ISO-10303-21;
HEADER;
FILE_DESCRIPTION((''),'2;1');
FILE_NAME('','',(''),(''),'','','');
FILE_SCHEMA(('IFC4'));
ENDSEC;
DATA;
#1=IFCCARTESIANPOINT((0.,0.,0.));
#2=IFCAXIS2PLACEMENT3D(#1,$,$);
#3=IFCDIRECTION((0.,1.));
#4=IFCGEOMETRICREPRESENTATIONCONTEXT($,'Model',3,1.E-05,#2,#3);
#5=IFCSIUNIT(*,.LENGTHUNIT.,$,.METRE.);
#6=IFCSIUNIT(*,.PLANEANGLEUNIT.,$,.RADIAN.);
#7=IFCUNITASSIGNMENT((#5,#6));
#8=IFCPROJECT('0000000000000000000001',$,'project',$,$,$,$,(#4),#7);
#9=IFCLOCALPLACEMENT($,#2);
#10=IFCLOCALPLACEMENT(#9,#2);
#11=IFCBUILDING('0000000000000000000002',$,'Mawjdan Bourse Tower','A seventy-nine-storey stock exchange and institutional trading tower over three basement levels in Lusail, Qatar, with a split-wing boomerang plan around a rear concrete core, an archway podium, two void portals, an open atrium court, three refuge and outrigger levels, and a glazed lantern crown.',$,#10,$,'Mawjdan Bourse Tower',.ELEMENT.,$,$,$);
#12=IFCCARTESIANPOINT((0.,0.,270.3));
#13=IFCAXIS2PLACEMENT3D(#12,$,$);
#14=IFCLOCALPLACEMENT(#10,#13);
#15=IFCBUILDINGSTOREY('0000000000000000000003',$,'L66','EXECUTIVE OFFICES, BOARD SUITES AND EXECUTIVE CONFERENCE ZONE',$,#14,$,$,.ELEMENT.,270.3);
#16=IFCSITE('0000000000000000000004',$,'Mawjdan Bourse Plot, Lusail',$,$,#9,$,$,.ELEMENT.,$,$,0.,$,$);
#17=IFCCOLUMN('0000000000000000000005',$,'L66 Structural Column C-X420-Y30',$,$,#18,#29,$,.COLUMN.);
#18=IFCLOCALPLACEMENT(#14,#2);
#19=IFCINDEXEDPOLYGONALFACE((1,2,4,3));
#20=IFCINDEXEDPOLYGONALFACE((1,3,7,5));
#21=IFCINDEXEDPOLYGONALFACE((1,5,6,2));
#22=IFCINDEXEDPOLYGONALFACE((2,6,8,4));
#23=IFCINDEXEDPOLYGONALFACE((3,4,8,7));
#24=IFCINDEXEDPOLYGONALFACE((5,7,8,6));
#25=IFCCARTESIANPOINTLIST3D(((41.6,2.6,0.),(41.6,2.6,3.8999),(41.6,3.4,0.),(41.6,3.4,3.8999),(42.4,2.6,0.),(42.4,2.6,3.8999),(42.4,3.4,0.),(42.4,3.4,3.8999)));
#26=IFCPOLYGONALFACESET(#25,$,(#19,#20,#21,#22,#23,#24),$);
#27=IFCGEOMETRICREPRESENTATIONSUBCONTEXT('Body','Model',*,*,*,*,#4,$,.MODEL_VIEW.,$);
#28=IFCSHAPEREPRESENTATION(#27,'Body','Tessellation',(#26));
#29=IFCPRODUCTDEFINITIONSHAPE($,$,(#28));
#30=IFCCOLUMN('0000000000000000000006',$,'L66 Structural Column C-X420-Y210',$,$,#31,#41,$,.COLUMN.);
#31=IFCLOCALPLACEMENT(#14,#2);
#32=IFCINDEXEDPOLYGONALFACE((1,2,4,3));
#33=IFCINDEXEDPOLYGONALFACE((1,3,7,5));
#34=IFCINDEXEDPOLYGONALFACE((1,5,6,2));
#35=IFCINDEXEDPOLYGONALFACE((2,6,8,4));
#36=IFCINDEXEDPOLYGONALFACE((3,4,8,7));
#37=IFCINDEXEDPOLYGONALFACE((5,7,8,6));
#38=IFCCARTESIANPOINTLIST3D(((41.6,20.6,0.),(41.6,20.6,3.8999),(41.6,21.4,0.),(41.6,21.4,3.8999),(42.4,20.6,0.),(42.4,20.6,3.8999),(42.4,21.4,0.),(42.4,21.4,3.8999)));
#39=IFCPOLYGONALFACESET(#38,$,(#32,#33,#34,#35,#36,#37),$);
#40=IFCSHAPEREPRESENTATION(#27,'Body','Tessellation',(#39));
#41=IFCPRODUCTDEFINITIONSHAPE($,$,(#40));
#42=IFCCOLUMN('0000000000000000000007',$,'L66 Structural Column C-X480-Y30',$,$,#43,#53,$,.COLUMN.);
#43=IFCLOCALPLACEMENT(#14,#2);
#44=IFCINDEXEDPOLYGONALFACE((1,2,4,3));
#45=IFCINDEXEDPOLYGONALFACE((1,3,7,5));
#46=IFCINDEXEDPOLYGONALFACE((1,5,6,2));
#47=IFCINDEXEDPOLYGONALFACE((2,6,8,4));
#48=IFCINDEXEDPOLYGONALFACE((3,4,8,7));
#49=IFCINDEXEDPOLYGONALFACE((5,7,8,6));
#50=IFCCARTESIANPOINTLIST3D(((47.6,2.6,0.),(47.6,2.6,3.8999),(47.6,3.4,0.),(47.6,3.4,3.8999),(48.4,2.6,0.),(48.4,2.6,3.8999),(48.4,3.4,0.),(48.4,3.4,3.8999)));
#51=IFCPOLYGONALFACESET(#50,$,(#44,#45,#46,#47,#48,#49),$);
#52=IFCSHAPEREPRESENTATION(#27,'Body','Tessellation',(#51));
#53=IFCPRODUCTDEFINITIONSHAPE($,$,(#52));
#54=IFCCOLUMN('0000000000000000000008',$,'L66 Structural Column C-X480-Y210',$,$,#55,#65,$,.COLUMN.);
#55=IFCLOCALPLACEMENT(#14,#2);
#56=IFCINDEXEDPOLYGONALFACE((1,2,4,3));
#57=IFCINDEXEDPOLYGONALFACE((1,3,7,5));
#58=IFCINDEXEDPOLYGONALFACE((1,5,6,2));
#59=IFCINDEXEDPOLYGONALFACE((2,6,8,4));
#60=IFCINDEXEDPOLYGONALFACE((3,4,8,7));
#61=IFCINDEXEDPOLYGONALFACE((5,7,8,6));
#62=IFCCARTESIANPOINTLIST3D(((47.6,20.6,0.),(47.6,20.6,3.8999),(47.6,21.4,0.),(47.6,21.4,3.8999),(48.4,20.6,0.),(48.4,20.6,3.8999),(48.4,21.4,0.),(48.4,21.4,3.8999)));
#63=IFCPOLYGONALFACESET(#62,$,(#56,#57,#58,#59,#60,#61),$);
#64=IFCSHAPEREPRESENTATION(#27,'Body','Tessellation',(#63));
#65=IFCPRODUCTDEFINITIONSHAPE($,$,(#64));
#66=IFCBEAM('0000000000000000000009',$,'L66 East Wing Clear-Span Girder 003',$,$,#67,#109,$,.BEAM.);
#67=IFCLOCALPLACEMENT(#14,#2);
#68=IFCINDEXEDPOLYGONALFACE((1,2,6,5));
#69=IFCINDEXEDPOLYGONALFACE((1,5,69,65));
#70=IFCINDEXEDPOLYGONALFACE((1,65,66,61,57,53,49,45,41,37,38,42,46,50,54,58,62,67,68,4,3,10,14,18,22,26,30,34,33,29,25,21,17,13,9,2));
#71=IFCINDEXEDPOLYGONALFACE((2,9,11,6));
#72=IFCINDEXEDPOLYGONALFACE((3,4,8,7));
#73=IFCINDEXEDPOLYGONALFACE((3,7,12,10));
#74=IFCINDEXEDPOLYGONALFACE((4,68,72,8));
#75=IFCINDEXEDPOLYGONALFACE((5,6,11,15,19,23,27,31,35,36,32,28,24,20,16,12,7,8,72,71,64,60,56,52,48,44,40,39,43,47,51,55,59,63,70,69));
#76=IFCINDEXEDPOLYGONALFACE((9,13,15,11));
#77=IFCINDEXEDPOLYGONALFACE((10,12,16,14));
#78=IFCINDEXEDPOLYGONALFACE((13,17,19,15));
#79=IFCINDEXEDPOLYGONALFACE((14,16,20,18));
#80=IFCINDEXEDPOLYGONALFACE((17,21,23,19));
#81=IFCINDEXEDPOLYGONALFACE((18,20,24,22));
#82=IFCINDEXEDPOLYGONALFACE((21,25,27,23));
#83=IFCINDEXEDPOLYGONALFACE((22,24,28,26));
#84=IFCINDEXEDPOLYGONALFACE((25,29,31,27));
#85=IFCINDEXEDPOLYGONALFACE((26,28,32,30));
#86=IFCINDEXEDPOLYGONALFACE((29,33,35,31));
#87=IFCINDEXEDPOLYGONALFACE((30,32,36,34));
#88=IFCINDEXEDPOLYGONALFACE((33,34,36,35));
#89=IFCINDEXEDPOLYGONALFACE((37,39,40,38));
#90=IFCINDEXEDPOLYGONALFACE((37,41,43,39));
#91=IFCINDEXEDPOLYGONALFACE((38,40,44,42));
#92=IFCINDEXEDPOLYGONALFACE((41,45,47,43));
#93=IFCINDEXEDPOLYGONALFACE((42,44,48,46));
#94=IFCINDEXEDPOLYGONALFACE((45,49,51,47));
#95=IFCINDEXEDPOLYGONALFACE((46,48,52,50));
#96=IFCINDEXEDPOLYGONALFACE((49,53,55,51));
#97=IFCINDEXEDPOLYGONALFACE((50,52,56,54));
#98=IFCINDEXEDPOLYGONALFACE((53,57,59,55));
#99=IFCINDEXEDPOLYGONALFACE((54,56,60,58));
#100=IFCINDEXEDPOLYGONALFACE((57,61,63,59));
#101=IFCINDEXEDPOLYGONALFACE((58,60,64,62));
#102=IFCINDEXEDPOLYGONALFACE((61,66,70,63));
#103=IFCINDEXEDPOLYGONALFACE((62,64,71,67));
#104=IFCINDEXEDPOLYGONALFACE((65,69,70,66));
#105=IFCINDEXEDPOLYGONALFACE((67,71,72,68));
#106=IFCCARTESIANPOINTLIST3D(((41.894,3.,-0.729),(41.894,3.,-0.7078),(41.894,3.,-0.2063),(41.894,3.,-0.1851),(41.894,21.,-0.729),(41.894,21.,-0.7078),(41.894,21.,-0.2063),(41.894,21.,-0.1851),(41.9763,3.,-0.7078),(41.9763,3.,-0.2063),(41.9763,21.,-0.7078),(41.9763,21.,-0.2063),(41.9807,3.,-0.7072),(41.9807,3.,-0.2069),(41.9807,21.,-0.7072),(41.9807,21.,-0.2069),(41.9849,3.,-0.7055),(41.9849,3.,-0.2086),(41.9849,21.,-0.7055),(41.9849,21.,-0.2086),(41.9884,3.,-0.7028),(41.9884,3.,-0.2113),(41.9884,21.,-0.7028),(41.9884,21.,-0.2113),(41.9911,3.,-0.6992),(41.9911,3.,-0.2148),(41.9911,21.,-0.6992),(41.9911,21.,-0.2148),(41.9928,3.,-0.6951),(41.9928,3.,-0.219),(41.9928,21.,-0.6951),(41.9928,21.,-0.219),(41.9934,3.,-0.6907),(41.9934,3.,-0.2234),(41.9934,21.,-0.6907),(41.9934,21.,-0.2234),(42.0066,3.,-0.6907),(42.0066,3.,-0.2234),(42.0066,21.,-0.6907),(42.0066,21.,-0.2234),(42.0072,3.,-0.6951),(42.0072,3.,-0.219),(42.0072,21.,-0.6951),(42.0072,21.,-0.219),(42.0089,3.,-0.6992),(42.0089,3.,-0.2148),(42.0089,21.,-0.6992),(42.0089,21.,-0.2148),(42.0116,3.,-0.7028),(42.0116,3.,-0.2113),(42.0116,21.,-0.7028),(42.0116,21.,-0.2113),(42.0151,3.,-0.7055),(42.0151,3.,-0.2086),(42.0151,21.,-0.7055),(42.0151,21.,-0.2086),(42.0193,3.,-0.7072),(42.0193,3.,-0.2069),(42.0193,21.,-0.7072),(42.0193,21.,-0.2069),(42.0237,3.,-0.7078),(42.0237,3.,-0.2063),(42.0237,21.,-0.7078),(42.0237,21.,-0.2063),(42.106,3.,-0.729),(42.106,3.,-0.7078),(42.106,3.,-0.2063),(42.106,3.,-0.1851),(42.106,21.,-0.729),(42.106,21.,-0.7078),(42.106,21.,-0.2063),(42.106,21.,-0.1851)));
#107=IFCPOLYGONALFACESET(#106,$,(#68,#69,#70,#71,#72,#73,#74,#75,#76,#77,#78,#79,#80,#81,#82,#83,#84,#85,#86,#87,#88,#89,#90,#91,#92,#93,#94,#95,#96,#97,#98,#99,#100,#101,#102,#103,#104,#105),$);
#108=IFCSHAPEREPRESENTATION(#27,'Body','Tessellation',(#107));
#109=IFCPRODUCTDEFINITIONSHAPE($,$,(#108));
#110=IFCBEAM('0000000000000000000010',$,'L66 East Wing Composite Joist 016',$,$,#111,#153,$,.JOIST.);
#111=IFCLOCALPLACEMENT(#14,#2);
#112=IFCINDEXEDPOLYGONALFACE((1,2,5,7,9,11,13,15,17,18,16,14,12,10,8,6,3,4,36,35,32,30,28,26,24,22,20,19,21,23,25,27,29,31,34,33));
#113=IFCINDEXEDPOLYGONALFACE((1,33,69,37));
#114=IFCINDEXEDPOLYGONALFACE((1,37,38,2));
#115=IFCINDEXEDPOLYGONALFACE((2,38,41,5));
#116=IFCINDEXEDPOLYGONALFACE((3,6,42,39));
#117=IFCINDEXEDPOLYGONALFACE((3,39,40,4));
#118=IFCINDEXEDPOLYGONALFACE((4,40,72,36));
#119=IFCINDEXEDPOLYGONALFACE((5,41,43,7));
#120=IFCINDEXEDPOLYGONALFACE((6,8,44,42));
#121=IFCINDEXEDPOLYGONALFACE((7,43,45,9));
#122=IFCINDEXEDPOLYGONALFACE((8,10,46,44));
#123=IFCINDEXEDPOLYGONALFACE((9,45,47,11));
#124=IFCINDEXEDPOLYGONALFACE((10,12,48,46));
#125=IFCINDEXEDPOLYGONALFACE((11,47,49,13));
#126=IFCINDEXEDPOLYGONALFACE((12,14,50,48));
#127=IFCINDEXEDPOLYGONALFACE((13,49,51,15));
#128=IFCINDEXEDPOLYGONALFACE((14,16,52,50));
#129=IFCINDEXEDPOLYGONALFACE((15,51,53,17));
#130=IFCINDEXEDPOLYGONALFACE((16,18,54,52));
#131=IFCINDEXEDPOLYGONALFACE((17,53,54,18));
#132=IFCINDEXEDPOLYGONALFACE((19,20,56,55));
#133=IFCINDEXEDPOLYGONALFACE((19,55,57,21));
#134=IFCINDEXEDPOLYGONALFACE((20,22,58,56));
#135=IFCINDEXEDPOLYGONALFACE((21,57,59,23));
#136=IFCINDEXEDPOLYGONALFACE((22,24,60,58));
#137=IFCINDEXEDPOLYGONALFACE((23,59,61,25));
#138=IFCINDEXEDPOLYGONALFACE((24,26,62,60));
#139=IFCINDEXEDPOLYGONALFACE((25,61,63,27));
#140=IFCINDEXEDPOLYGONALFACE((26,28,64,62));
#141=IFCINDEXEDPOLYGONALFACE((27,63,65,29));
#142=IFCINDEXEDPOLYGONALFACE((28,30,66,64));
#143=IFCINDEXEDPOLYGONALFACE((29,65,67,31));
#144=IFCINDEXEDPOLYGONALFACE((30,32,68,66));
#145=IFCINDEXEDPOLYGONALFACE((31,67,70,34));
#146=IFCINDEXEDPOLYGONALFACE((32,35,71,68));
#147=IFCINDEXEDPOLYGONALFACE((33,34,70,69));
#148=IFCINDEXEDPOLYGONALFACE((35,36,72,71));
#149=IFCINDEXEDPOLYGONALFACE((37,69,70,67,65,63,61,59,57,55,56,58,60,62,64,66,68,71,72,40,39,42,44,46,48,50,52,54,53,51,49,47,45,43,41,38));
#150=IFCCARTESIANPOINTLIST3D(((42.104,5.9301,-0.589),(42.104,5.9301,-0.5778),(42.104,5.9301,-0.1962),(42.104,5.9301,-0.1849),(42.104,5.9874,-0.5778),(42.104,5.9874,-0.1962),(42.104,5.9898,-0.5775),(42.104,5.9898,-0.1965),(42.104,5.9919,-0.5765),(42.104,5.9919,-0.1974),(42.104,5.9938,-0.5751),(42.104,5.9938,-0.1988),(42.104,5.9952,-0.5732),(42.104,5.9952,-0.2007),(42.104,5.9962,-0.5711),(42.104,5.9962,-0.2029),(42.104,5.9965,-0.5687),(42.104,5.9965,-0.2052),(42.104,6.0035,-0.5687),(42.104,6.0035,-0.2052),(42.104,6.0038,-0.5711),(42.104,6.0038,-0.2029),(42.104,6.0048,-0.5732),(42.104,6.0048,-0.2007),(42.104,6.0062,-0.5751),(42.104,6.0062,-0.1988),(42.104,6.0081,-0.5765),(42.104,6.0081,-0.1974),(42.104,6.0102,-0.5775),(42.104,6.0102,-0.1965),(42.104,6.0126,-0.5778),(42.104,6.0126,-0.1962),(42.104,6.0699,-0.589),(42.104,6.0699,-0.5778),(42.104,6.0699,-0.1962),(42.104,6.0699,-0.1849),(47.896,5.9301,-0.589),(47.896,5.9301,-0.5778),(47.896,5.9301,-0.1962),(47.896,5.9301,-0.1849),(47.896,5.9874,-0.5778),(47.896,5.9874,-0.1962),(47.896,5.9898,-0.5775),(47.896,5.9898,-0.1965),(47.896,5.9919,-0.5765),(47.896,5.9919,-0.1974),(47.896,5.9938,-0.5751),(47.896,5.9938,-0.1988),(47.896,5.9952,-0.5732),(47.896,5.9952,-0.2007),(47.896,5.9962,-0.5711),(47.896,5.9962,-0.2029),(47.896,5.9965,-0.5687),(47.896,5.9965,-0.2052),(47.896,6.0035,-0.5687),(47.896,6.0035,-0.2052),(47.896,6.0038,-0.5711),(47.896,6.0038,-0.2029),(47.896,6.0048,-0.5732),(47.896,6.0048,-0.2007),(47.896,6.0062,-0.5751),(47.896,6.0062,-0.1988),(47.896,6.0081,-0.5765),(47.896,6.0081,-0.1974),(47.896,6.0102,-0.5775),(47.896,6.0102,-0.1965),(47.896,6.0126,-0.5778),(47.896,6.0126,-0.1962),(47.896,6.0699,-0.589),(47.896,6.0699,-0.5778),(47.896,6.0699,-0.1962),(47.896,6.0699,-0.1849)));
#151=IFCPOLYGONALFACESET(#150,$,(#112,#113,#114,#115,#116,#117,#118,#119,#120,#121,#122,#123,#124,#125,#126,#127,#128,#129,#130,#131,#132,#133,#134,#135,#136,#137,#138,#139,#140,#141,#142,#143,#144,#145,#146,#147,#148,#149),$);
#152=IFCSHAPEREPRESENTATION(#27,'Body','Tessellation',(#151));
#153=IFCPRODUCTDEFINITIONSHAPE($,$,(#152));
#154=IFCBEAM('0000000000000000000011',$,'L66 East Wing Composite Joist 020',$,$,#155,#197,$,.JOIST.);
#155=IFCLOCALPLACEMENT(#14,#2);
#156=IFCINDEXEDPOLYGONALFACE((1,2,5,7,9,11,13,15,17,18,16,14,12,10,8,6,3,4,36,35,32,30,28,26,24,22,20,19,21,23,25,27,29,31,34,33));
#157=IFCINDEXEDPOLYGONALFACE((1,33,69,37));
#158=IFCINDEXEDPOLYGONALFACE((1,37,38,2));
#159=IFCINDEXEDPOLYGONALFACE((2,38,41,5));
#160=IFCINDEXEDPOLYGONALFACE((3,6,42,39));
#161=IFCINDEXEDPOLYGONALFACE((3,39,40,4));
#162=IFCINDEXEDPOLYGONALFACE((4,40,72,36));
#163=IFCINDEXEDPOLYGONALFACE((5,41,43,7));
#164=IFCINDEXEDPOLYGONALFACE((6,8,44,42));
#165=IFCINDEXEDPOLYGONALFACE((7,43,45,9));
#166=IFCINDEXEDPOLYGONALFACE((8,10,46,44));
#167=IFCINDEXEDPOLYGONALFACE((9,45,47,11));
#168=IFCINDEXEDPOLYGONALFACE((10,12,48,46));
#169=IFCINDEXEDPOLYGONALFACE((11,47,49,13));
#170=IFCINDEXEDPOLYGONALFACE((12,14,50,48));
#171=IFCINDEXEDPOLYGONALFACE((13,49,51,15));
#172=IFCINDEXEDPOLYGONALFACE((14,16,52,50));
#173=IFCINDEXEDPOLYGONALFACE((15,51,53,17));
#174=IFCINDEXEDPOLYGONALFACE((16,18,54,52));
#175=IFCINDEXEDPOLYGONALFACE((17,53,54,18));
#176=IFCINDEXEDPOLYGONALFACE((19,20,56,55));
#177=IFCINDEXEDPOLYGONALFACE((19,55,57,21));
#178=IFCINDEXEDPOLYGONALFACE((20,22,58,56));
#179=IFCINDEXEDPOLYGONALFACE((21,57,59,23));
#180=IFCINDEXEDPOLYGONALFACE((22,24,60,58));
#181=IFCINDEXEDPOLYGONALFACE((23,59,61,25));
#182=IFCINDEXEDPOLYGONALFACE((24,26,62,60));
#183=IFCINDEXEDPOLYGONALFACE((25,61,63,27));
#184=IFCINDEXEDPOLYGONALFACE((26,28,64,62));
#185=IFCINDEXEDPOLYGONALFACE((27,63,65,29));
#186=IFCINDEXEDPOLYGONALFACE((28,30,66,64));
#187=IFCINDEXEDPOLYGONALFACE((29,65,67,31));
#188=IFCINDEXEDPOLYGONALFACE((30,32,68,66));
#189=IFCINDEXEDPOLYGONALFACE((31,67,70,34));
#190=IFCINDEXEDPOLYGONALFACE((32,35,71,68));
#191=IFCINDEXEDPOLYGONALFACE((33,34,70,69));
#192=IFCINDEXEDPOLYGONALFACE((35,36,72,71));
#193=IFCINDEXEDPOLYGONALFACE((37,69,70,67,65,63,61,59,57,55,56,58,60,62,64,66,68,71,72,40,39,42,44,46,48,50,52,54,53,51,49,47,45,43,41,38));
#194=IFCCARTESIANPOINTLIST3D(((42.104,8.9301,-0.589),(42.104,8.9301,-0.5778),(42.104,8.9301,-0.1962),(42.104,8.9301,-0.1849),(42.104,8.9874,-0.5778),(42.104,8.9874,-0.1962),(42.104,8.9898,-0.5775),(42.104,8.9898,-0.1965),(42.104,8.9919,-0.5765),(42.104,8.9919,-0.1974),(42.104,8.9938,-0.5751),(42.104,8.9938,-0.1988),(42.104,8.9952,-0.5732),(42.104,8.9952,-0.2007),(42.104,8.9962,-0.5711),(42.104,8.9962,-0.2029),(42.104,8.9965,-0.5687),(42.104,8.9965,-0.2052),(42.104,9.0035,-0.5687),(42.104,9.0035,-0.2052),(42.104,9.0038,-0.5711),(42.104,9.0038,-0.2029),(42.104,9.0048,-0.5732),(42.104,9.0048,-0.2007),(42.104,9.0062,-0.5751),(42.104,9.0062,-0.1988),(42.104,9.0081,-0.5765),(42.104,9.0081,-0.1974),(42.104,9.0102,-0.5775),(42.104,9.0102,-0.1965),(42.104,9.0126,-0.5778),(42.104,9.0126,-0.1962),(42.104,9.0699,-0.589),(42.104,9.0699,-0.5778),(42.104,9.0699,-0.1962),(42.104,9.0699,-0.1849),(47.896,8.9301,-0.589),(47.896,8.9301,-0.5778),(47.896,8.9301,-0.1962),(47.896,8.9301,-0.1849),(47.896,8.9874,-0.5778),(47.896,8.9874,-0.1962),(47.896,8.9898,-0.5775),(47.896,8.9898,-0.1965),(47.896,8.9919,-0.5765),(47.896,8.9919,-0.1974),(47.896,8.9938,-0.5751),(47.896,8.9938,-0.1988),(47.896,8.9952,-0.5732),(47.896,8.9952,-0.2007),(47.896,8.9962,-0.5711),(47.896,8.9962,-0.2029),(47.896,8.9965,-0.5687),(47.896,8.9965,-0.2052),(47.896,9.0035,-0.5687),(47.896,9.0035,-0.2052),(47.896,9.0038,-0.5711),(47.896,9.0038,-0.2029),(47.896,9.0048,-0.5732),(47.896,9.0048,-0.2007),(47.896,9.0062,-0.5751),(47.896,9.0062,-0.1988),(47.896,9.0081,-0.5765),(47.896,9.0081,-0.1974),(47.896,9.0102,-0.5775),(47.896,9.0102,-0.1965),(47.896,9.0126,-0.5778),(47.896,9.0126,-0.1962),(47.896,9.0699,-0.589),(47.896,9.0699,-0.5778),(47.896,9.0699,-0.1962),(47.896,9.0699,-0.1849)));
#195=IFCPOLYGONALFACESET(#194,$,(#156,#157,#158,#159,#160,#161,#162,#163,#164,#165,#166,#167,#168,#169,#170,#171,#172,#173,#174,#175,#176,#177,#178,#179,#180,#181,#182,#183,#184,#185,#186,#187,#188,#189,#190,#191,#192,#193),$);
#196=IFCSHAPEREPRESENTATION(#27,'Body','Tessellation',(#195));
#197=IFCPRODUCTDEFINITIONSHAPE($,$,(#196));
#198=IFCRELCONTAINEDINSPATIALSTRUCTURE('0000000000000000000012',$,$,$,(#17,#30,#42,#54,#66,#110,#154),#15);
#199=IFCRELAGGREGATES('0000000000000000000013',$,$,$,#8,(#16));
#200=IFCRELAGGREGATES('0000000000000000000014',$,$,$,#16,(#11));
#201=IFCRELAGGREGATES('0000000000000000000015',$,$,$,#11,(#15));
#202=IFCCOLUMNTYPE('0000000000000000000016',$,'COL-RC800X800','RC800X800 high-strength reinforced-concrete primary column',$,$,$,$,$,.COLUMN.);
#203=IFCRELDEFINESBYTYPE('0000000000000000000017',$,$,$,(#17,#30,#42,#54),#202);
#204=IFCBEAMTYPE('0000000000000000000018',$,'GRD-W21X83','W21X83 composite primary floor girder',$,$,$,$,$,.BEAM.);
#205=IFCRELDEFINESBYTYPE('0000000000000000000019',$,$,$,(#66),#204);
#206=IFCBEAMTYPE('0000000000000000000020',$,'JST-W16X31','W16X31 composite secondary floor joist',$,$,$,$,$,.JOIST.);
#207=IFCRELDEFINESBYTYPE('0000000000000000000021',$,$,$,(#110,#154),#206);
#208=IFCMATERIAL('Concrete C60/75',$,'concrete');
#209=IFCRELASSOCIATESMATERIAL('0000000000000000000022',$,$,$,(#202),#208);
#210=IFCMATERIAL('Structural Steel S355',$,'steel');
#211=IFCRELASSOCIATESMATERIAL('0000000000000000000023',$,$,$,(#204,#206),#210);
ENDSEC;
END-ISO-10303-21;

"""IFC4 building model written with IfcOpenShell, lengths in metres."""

from ifc_helpers import new_model, si_unit, direction, frame, origin, origin_2d, place, context, subcontext, project, spatial, rectangle, i_section, extrude, material, material_profile, profile_set, type_object, element, save


model = new_model("IFC4")

# Units and contexts
model_context = context("Model", 3, precision=1e-05, world=origin(), true_north=direction((0.0, 1.0)))
body_context = subcontext(model_context, "Body", "Model", "MODEL_VIEW")
ifc_project = project(units=[si_unit("LENGTHUNIT", "METRE"), si_unit("PLANEANGLEUNIT", "RADIAN")], contexts=[model_context])

# Site, building, storey
site_placement = place(None, origin())
site = spatial("IfcSite", under=ifc_project, at=site_placement, Name="Mawjdan Bourse Plot, Lusail", CompositionType="ELEMENT", RefElevation=0.0)
building_placement = place(site_placement, origin())
building = spatial("IfcBuilding", under=site, at=building_placement, Name="Mawjdan Bourse Tower", Description="A seventy-nine-storey stock exchange and institutional trading tower over three basement levels in Lusail, Qatar, with a split-wing boomerang plan around a rear concrete core, an archway podium, two void portals, an open atrium court, three refuge and outrigger levels, and a glazed lantern crown.", LongName="Mawjdan Bourse Tower", CompositionType="ELEMENT")
storey_placement = place(building_placement, frame((0.0, 0.0, 270.3)))
storey = spatial("IfcBuildingStorey", under=building, at=storey_placement, Name="L66", Description="EXECUTIVE OFFICES, BOARD SUITES AND EXECUTIVE CONFERENCE ZONE", CompositionType="ELEMENT", Elevation=270.3)

# Columns
ifc_material_1 = material(Name="Concrete C60/75", Category="concrete")
ifc_material_profile_1 = material_profile(ifc_material_1, rectangle(XDim=0.8, YDim=0.8, at=origin_2d()), Name="RC800X800")
ifc_profile_set_1 = profile_set([ifc_material_profile_1], Name="Concrete C60/75")
column_type = type_object("IfcColumnType", Name="COL-RC800X800", Description="RC800X800 high-strength reinforced-concrete primary column", PredefinedType="COLUMN", material=ifc_profile_set_1)
for number, where, z_axis, x_axis, name in (
    (1, (42.0, 3.0, 0.0), (0.0, 0.0, 1.0), (1.0, 0.0, 0.0), "L66 Structural Column C-X420-Y30"),
    (2, (42.0, 21.0, 0.0), (0.0, 0.0, 1.0), (1.0, 0.0, 0.0), "L66 Structural Column C-X420-Y210"),
    (3, (48.0, 3.0, 0.0), (0.0, 0.0, 1.0), (1.0, 0.0, 0.0), "L66 Structural Column C-X480-Y30"),
    (4, (48.0, 21.0, 0.0), (0.0, 0.0, 1.0), (1.0, 0.0, 0.0), "L66 Structural Column C-X480-Y210"),
):
    element("IfcColumn", number, at=place(storey_placement, frame(where, z_axis=z_axis, x_axis=x_axis)), inside=storey, type_object=column_type, Name=name, PredefinedType="COLUMN", context=body_context, shape_type="SweptSolid", body=[
        extrude(rectangle(XDim=0.8, YDim=0.8, at=origin_2d()), origin(), (0.0, 0.0, 1.0), 3.8999),
    ])

# Beams
ifc_material_2 = material(Name="Structural Steel S355", Category="steel")
ifc_material_profile_2 = material_profile(ifc_material_2, i_section(OverallWidth=0.2119, OverallDepth=0.5439, WebThickness=0.0132, FlangeThickness=0.0212, FilletRadius=0.0171, at=origin_2d()), Name="W21X83")
ifc_profile_set_2 = profile_set([ifc_material_profile_2], Name="Structural Steel S355")
beam_type_1 = type_object("IfcBeamType", Name="GRD-W21X83", Description="W21X83 composite primary floor girder", PredefinedType="BEAM", material=ifc_profile_set_2)
beam_placement = place(storey_placement, frame((42.0, 3.0, -0.457), z_axis=(0.0, 1.0, 0.0), x_axis=(-1.0, 0.0, 0.0)))
element("IfcBeam", 5, at=beam_placement, inside=storey, type_object=beam_type_1, Name="L66 East Wing Clear-Span Girder 003", PredefinedType="BEAM", context=body_context, shape_type="SweptSolid", body=[
    extrude(i_section(OverallWidth=0.2119, OverallDepth=0.5439, WebThickness=0.0132, FlangeThickness=0.0212, FilletRadius=0.0171, at=origin_2d()), origin(), (0.0, 0.0, 1.0), 18.0),
])
ifc_material_profile_3 = material_profile(ifc_material_2, i_section(OverallWidth=0.1399, OverallDepth=0.4041, WebThickness=0.0071, FlangeThickness=0.0112, FilletRadius=0.009, at=origin_2d()), Name="W16X31")
ifc_profile_set_3 = profile_set([ifc_material_profile_3], Name="Structural Steel S355")
beam_type_2 = type_object("IfcBeamType", Name="JST-W16X31", Description="W16X31 composite secondary floor joist", PredefinedType="JOIST", material=ifc_profile_set_3)
for number, where, z_axis, x_axis, name in (
    (6, (42.104, 6.0, -0.387), (1.0, 0.0, 0.0), (0.0, 1.0, 0.0), "L66 East Wing Composite Joist 016"),
    (7, (42.104, 9.0, -0.387), (1.0, 0.0, 0.0), (0.0, 1.0, 0.0), "L66 East Wing Composite Joist 020"),
):
    element("IfcBeam", number, at=place(storey_placement, frame(where, z_axis=z_axis, x_axis=x_axis)), inside=storey, type_object=beam_type_2, Name=name, PredefinedType="JOIST", context=body_context, shape_type="SweptSolid", body=[
        extrude(i_section(OverallWidth=0.1399, OverallDepth=0.4041, WebThickness=0.0071, FlangeThickness=0.0112, FilletRadius=0.009, at=origin_2d()), origin(), (0.0, 0.0, 1.0), 5.792),
    ])

save(model, "model.ifc")
